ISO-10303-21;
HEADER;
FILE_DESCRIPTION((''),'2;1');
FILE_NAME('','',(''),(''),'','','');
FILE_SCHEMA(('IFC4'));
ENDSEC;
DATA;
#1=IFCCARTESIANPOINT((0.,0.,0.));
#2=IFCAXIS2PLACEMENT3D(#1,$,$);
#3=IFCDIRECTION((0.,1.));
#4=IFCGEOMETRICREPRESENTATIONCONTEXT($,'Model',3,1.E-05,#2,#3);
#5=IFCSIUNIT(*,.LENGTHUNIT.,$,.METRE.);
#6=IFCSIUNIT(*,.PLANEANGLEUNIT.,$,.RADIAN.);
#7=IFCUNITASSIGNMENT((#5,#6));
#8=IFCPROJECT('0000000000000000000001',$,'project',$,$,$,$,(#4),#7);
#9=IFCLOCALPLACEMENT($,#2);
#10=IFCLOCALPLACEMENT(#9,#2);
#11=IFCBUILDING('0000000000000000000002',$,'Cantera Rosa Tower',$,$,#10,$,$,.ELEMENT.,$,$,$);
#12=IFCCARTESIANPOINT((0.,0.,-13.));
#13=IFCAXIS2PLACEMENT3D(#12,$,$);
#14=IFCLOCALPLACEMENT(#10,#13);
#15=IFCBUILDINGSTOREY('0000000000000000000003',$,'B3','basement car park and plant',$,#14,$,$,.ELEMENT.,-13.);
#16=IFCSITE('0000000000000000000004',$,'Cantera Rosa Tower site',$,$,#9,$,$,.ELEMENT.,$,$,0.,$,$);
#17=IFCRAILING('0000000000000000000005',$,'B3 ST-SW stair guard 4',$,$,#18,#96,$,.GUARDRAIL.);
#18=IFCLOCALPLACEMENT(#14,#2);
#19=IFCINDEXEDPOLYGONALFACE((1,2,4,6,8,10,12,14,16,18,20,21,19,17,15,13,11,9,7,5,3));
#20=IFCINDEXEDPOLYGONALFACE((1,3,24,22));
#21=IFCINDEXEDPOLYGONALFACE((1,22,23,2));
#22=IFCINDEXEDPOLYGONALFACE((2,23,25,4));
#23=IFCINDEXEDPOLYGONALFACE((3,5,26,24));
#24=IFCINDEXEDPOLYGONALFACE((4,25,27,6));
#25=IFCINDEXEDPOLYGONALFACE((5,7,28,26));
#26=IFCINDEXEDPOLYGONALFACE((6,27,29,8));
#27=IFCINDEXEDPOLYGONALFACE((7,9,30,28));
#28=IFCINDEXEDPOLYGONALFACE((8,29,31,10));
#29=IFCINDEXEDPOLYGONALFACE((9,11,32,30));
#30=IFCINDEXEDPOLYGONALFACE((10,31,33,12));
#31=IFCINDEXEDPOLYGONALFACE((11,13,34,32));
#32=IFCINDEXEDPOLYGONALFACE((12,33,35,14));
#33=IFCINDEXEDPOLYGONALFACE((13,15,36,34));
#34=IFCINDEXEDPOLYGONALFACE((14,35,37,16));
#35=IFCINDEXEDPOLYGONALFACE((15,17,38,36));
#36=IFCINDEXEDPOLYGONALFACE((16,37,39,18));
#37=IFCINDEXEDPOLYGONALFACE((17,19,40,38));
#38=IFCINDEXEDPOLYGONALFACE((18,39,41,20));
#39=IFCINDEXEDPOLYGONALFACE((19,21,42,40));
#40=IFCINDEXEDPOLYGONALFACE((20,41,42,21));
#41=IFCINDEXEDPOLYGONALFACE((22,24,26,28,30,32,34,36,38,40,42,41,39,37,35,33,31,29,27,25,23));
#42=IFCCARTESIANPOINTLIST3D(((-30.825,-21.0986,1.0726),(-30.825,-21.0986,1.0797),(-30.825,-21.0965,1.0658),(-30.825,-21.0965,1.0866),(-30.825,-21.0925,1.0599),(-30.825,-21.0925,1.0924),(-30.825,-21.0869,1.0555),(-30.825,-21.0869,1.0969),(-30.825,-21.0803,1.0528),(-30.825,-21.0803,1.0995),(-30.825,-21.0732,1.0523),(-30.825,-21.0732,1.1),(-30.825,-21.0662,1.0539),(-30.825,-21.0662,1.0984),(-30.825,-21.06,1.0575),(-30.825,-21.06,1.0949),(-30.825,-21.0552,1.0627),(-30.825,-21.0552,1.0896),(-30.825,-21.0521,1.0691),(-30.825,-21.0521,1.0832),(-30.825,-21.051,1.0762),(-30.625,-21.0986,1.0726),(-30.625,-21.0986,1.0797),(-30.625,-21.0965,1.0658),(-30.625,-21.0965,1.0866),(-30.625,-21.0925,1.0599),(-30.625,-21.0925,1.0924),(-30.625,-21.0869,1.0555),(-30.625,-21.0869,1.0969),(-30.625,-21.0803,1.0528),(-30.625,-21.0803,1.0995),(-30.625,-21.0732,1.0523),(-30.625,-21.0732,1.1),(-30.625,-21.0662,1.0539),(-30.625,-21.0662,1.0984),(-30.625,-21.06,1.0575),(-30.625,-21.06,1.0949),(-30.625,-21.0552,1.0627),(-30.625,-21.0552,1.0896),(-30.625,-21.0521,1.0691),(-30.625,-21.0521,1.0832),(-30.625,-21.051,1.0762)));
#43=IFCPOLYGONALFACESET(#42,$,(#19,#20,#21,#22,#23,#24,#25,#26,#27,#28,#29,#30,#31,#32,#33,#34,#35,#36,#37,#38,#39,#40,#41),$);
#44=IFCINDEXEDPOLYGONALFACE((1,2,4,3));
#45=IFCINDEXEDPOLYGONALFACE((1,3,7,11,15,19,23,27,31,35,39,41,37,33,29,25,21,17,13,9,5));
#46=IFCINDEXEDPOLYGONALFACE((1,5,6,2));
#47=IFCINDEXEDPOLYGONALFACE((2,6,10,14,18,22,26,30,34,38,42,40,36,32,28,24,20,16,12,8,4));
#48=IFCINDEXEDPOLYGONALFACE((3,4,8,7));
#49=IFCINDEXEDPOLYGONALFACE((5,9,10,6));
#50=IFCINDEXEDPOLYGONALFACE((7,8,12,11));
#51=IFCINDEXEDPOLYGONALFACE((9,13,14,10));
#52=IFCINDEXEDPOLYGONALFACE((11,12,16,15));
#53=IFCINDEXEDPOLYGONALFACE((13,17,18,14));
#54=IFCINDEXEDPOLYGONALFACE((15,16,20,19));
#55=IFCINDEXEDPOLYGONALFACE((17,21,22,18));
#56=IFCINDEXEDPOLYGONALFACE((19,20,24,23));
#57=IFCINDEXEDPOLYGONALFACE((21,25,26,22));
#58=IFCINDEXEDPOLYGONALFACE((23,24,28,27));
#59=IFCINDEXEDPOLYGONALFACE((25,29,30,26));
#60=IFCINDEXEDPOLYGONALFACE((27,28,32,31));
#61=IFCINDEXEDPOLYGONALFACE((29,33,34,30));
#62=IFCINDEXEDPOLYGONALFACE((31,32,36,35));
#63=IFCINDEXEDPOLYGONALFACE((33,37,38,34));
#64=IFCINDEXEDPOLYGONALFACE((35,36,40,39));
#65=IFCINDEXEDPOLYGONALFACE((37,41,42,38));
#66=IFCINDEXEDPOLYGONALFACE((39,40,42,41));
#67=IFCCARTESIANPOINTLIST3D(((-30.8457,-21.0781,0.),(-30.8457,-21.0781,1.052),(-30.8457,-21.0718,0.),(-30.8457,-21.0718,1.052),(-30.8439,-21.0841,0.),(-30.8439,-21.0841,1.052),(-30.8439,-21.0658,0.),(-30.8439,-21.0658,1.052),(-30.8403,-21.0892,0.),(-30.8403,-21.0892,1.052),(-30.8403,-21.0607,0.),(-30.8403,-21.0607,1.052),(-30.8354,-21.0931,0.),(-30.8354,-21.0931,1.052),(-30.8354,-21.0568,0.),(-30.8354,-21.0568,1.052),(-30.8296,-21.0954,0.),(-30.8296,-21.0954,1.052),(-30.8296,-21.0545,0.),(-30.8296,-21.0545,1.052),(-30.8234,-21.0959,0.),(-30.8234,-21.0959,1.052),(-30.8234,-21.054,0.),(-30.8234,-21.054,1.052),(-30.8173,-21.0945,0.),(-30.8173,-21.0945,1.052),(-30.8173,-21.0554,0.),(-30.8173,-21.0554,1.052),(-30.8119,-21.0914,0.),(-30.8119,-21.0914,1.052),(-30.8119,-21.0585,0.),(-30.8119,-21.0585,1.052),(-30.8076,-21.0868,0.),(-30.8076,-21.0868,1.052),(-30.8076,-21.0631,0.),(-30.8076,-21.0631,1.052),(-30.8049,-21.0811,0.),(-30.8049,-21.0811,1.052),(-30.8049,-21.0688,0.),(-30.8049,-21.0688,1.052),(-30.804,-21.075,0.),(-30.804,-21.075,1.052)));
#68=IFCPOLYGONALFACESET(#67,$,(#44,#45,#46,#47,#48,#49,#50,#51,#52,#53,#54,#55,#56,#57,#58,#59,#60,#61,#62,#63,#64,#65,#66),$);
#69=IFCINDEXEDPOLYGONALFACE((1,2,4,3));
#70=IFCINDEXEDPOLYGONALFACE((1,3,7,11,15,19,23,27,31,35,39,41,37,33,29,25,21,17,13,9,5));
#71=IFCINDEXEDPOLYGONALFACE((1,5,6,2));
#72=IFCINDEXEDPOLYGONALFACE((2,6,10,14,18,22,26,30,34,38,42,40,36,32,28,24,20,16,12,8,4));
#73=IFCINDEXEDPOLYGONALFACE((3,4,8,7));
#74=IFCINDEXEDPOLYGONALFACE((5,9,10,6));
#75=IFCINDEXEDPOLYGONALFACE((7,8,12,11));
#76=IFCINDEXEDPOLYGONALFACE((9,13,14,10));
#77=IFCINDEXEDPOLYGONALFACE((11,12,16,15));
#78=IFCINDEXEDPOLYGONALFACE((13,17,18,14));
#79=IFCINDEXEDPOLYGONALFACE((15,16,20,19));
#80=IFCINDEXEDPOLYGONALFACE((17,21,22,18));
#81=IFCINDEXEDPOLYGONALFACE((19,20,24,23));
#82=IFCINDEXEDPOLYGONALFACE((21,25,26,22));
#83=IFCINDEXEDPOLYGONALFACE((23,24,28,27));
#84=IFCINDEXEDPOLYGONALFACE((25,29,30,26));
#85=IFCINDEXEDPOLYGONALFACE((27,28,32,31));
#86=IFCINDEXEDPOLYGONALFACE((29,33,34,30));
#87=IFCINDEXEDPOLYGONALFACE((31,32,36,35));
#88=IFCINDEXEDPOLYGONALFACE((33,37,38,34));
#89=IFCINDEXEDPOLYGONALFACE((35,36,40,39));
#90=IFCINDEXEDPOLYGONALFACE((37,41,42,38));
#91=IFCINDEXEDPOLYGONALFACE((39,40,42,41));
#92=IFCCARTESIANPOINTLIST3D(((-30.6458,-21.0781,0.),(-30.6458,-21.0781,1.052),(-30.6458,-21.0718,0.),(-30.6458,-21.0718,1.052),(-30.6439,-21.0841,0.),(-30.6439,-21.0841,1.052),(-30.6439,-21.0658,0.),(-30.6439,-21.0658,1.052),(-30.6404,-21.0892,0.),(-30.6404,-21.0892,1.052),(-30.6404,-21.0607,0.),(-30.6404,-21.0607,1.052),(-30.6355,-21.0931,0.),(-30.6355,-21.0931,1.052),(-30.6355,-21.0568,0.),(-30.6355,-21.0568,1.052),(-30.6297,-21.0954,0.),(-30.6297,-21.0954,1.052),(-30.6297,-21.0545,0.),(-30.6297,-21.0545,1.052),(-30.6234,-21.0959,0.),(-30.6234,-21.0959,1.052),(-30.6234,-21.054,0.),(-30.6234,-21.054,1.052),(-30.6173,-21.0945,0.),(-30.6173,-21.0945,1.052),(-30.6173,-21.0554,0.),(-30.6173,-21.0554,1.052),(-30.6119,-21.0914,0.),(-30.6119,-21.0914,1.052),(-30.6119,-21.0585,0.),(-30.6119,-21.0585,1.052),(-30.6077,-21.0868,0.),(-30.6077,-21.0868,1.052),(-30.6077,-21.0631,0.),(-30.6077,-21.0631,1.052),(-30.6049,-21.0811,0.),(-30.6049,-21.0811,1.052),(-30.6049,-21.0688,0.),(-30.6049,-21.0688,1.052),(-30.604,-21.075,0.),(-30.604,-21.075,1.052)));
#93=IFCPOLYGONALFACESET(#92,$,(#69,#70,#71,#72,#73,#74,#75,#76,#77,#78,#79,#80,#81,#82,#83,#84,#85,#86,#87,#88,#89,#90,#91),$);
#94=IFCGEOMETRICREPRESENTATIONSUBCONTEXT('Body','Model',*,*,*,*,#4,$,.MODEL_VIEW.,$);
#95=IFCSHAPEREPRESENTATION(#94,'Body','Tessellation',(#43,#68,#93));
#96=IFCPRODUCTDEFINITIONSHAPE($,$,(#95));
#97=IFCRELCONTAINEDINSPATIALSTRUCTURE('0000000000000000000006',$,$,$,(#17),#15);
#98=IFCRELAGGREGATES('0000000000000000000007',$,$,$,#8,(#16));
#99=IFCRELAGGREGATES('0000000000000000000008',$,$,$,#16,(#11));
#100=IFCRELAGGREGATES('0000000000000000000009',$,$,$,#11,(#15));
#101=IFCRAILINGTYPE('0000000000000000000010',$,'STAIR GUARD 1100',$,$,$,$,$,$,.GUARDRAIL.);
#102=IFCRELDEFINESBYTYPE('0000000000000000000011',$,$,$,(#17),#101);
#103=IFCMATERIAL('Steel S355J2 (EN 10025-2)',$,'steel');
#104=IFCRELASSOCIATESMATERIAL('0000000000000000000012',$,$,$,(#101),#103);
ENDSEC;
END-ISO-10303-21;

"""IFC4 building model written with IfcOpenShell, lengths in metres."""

from ifc_helpers import new_model, si_unit, direction, frame, origin, origin_2d, place, context, subcontext, project, spatial, circle, extrude, material, type_object, element, save


model = new_model("IFC4")

# Units and contexts
model_context = context("Model", 3, precision=1e-05, world=origin(), true_north=direction((0.0, 1.0)))
body_context = subcontext(model_context, "Body", "Model", "MODEL_VIEW")
ifc_project = project(units=[si_unit("LENGTHUNIT", "METRE"), si_unit("PLANEANGLEUNIT", "RADIAN")], contexts=[model_context])

# Site, building, storey
site_placement = place(None, origin())
site = spatial("IfcSite", under=ifc_project, at=site_placement, Name="Cantera Rosa Tower site", CompositionType="ELEMENT", RefElevation=0.0)
building_placement = place(site_placement, origin())
building = spatial("IfcBuilding", under=site, at=building_placement, Name="Cantera Rosa Tower", CompositionType="ELEMENT")
storey_placement = place(building_placement, frame((0.0, 0.0, -13.0)))
storey = spatial("IfcBuildingStorey", under=building, at=storey_placement, Name="B3", Description="basement car park and plant", CompositionType="ELEMENT", Elevation=-13.0)

# Railing
ifc_material_1 = material(Name="Steel S355J2 (EN 10025-2)", Category="steel")
railing_type_1 = type_object("IfcRailingType", Name="STAIR GUARD 1100", PredefinedType="GUARDRAIL", material=ifc_material_1)
railing_1_placement = place(storey_placement, frame((-30.825, -21.075, 0.0)))
element("IfcRailing", 1, at=railing_1_placement, inside=storey, type_object=railing_type_1, Name="B3 ST-SW stair guard 4", PredefinedType="GUARDRAIL", context=body_context, shape_type="SweptSolid", body=[
    extrude(circle(Radius=0.0239, at=origin_2d()), frame((0.0, 0.0, 1.0762), z_axis=(1.0, 0.0, 0.0), x_axis=(0.0, 1.0, 0.0)), (0.0, 0.0, 1.0), 0.2),
    extrude(circle(Radius=0.021, at=origin_2d()), origin(), (0.0, 0.0, 1.0), 1.052),
    extrude(circle(Radius=0.021, at=origin_2d()), frame((0.2, 0.0, 0.0)), (0.0, 0.0, 1.0), 1.052),
])

save(model, "model.ifc")
